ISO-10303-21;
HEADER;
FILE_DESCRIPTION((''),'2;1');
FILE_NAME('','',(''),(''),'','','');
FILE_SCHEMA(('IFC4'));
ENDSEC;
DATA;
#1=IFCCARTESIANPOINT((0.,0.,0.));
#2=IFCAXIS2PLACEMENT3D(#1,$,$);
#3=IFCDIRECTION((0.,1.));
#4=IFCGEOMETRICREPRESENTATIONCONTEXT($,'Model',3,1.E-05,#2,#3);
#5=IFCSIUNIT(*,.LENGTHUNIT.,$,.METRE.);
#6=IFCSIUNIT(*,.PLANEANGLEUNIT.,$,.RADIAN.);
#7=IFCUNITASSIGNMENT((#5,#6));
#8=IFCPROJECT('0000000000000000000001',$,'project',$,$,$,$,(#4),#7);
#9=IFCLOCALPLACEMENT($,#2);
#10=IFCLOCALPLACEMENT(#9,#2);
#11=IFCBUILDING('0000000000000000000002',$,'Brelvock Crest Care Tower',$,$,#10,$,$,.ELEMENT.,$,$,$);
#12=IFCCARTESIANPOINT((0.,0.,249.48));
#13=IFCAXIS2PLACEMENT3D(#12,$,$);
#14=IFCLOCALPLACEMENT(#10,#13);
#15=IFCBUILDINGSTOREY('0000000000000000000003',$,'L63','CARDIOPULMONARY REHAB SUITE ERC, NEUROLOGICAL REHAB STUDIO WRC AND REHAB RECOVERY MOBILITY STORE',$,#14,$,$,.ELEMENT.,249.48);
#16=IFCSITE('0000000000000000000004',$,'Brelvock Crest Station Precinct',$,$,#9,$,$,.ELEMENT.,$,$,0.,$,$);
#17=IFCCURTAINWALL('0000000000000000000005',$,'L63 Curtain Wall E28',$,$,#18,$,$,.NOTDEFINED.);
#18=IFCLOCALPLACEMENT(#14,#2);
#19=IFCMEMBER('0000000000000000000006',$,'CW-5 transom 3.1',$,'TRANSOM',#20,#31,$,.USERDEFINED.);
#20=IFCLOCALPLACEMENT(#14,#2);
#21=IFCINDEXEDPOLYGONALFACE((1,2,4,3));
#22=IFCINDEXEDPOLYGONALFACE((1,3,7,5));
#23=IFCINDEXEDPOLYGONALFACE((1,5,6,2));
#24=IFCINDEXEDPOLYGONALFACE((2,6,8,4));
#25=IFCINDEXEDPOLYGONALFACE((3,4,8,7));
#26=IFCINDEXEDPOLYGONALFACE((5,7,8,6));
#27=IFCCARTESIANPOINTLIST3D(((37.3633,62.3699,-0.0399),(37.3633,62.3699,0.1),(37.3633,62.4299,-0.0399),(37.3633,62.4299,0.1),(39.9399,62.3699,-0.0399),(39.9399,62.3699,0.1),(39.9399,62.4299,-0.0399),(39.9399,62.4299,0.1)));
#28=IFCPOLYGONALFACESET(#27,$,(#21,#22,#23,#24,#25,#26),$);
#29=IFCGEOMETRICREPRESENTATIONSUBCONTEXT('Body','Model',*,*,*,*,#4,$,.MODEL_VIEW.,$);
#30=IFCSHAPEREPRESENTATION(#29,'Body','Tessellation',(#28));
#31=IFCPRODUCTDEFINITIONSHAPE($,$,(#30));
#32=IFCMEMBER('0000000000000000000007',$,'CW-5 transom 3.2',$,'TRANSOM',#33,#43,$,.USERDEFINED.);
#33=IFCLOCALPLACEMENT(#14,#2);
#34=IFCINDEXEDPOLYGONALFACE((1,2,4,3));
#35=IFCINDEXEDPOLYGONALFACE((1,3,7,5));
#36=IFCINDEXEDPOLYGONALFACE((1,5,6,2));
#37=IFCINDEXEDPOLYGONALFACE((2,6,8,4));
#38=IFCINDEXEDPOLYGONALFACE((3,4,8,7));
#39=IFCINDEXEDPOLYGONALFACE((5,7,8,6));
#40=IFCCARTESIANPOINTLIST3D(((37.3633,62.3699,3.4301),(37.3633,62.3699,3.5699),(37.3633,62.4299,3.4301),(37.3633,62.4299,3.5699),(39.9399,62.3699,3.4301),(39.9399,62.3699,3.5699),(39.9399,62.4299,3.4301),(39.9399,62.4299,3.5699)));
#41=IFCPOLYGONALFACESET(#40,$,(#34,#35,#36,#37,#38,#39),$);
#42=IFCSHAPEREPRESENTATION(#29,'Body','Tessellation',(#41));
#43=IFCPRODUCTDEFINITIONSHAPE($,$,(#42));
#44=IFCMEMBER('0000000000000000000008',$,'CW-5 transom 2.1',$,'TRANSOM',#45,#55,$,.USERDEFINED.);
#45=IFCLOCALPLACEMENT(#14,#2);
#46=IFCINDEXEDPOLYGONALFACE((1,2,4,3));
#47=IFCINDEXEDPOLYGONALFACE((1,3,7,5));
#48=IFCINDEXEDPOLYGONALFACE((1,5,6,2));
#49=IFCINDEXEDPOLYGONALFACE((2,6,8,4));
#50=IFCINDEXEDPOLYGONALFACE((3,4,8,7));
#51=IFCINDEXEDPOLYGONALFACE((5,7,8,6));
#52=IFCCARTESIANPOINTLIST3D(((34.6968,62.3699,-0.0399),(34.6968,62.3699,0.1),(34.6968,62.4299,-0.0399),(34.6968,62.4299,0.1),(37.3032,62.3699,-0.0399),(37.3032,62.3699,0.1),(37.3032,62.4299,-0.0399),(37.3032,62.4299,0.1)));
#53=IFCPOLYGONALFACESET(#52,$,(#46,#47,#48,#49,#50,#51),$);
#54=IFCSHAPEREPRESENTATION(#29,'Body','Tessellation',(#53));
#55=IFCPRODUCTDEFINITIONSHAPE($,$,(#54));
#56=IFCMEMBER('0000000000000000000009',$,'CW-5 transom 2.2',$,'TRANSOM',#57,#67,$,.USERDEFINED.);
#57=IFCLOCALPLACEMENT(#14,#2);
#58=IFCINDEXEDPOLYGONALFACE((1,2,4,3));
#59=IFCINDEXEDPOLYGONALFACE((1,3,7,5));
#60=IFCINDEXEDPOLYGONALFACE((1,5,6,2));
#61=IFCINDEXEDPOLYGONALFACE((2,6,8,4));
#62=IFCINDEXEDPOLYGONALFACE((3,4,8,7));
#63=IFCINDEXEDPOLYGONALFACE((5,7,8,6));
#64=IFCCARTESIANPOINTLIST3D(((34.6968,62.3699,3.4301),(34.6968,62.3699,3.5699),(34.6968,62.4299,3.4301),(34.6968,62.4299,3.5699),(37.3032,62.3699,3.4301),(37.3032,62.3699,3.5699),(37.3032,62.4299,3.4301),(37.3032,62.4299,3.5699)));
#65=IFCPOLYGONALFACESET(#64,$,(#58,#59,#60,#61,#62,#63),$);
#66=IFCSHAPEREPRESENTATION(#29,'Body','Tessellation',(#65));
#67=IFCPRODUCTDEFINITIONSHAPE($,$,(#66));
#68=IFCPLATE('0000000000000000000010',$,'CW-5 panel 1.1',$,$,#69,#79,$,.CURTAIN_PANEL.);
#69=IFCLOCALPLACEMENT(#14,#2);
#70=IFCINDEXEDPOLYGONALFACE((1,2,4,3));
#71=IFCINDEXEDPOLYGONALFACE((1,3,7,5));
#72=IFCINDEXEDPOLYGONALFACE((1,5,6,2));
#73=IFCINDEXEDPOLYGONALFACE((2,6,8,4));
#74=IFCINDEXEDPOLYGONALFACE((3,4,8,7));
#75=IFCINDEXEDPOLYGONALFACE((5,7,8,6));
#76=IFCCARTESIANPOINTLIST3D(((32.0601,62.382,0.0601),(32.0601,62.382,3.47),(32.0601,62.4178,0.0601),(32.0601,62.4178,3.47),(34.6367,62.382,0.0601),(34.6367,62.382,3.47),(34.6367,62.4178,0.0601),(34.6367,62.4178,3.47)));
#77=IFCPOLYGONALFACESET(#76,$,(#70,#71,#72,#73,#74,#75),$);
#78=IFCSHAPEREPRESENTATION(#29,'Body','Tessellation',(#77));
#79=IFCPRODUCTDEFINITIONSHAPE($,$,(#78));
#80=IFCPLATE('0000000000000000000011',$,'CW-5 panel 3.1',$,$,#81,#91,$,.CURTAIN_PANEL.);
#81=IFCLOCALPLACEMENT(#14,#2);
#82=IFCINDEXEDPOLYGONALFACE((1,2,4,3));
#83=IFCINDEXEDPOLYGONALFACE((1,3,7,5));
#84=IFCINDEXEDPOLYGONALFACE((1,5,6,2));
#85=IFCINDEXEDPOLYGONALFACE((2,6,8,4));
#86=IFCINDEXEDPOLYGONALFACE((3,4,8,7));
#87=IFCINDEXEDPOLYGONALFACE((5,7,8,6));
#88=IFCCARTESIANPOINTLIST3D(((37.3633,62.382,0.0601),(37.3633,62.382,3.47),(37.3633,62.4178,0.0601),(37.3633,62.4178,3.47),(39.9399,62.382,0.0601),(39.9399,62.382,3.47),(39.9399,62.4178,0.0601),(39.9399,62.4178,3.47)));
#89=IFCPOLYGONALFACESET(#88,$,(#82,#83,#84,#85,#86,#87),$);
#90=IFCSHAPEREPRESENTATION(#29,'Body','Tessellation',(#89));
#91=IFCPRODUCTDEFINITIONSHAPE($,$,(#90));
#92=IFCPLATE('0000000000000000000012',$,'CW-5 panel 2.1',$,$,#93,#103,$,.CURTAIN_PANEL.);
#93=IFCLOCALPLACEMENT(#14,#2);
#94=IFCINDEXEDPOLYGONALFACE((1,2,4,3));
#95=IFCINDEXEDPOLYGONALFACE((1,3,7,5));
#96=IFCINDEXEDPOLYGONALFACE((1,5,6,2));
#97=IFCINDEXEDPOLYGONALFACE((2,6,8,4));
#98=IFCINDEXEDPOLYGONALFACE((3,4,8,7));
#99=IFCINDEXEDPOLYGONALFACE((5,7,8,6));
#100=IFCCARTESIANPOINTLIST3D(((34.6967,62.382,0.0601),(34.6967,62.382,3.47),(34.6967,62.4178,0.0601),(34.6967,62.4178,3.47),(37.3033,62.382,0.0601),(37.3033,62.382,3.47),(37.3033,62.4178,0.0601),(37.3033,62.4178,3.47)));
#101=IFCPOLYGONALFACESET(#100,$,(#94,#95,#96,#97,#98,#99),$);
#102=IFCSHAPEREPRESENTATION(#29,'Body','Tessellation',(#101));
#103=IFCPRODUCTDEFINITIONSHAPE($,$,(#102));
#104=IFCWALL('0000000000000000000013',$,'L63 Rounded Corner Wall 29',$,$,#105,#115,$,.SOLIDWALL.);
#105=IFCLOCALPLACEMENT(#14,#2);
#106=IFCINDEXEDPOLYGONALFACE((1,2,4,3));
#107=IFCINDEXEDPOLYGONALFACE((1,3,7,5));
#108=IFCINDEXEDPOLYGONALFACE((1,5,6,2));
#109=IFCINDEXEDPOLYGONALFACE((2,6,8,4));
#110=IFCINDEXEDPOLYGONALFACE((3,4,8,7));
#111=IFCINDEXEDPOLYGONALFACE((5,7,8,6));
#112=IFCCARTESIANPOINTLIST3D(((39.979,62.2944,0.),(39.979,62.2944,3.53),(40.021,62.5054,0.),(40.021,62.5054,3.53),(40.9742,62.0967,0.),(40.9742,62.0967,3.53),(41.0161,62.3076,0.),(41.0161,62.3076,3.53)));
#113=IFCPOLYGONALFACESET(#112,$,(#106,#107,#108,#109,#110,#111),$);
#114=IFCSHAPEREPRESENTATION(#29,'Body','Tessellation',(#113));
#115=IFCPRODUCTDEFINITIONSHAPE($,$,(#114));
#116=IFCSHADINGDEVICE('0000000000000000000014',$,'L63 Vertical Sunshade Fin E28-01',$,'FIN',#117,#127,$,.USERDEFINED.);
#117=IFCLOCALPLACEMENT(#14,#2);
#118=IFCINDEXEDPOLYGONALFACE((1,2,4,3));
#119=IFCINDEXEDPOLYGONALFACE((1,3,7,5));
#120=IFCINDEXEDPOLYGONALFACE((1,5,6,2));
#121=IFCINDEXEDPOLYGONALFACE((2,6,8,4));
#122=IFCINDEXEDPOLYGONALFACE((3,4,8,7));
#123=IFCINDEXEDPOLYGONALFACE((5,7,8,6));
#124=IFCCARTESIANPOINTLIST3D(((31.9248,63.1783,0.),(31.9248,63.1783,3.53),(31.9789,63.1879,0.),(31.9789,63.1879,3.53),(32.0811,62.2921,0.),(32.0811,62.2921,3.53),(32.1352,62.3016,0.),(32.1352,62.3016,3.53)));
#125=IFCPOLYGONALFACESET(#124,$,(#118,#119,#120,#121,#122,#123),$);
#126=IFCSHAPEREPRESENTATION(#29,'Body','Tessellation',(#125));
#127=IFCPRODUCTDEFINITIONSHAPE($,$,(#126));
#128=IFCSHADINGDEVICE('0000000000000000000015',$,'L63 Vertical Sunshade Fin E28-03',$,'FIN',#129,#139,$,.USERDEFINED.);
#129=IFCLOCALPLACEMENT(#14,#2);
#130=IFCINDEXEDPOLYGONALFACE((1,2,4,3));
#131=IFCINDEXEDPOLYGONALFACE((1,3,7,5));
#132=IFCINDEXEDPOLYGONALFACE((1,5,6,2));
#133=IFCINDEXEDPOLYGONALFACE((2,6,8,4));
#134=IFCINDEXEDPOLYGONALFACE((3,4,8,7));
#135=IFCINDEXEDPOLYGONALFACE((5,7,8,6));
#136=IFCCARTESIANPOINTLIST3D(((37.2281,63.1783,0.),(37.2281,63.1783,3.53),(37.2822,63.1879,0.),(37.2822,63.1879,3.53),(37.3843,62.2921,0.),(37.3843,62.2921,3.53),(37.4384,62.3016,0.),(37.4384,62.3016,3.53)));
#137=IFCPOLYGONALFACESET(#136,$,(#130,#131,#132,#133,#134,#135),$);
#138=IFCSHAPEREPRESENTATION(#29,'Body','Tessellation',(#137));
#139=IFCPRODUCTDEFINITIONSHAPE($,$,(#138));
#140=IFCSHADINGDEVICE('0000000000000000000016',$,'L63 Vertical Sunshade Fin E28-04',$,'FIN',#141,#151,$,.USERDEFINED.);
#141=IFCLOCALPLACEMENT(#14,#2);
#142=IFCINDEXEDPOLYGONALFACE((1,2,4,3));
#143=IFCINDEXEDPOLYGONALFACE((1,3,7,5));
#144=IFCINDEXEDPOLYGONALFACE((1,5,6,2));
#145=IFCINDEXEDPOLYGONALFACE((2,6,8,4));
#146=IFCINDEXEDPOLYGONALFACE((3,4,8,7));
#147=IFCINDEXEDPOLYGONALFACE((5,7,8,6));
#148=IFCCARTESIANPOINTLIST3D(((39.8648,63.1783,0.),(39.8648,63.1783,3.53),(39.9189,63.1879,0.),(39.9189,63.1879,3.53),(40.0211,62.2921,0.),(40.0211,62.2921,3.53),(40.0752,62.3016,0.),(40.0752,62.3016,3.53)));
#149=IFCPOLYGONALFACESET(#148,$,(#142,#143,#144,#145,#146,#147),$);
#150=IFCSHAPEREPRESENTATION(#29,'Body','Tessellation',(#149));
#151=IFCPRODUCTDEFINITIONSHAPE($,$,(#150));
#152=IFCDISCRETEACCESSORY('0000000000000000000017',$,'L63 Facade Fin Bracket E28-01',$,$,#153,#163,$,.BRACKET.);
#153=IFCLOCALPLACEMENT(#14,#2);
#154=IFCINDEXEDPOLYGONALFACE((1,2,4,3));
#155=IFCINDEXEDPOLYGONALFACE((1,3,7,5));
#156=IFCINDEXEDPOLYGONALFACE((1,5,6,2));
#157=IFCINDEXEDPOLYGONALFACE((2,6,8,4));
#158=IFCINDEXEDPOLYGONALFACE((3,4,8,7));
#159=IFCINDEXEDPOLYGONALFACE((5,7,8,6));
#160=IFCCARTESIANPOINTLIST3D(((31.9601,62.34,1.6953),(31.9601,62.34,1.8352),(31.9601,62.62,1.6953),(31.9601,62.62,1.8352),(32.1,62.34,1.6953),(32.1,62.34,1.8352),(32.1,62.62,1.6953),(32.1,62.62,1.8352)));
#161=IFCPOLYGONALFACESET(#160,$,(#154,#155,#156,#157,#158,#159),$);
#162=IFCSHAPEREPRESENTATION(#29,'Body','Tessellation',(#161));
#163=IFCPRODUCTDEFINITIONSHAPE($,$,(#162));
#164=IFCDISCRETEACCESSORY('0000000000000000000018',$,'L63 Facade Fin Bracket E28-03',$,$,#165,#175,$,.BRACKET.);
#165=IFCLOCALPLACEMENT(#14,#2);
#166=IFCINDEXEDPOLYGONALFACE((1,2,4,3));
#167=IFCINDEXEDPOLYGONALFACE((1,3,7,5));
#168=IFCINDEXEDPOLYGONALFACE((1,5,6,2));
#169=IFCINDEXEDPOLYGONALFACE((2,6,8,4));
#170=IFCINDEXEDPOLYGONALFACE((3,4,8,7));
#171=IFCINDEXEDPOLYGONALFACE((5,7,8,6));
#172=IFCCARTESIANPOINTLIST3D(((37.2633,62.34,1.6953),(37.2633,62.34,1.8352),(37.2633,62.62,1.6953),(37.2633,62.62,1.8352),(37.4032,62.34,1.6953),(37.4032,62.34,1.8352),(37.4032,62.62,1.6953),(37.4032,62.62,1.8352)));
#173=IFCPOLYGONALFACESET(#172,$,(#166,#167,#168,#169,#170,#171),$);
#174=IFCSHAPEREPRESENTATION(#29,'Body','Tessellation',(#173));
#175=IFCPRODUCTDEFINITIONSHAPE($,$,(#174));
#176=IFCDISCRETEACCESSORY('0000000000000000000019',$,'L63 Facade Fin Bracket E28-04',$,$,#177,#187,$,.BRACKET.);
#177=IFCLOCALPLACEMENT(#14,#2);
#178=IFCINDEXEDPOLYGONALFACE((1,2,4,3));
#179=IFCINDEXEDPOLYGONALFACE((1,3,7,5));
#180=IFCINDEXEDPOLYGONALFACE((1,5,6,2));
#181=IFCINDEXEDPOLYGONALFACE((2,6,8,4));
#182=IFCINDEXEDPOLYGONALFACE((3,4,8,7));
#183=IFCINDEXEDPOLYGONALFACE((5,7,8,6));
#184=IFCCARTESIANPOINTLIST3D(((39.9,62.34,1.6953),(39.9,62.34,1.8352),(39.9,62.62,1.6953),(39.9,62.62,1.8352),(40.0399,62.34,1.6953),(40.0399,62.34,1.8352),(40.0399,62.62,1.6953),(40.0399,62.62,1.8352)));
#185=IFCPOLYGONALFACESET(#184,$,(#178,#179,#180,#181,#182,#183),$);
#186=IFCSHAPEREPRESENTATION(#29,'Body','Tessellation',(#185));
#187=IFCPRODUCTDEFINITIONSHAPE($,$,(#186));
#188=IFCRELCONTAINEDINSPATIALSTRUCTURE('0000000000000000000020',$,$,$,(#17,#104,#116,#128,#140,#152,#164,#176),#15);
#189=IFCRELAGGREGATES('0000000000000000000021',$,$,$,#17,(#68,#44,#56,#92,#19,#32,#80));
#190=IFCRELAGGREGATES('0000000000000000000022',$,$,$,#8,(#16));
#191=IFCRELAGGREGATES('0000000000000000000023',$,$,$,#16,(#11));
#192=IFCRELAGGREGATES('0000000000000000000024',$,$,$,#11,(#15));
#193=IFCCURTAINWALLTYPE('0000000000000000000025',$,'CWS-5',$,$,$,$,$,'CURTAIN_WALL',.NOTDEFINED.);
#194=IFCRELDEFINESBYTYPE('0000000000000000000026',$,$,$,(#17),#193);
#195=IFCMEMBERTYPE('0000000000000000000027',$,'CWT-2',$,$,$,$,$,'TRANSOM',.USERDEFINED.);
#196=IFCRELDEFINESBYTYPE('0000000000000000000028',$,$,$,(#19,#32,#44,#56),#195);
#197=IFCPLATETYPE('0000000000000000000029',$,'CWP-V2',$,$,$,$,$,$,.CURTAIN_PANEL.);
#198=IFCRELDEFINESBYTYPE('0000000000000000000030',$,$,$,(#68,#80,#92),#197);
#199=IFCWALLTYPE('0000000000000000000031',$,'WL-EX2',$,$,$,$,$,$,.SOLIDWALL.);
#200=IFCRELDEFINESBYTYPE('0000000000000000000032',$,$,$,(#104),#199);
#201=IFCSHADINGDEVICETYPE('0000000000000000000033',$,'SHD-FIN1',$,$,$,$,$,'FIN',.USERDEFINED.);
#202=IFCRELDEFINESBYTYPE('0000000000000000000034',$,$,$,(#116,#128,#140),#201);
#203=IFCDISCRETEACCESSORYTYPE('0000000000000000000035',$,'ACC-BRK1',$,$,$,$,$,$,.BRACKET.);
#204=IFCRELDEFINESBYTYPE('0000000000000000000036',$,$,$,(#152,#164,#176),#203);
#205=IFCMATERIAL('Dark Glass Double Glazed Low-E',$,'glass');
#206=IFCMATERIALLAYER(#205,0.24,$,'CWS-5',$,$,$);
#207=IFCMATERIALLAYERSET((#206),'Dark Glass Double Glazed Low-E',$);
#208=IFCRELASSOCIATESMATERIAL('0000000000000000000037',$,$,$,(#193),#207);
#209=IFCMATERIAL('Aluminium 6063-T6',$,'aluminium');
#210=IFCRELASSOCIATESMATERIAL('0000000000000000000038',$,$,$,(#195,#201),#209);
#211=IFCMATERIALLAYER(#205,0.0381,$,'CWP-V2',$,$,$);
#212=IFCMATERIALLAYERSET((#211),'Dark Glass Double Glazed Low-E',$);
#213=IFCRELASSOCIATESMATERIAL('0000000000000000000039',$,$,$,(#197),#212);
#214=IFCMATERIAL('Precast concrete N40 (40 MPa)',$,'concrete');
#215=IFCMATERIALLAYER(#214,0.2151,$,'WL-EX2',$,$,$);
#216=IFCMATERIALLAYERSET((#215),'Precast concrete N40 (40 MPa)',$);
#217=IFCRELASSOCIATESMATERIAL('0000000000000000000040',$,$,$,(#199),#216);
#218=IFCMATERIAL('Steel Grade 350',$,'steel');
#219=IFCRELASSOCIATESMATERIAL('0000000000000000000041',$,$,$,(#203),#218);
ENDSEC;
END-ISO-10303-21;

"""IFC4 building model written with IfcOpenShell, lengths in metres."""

from ifc_helpers import new_model, si_unit, direction, frame, frame_2d, origin, origin_2d, place, context, subcontext, project, spatial, rectangle, extrude, source, transform, mapped, material, layer, layer_set, material_profile, profile_set, type_object, element, aggregate, save


model = new_model("IFC4")

# Units and contexts
model_context = context("Model", 3, precision=1e-05, world=origin(), true_north=direction((0.0, 1.0)))
body_context = subcontext(model_context, "Body", "Model", "MODEL_VIEW")
ifc_project = project(units=[si_unit("LENGTHUNIT", "METRE"), si_unit("PLANEANGLEUNIT", "RADIAN")], contexts=[model_context])

# Site, building, storey
site_placement = place(None, origin())
site = spatial("IfcSite", under=ifc_project, at=site_placement, Name="Brelvock Crest Station Precinct", CompositionType="ELEMENT", RefElevation=0.0)
building_placement = place(site_placement, origin())
building = spatial("IfcBuilding", under=site, at=building_placement, Name="Brelvock Crest Care Tower", CompositionType="ELEMENT")
storey_placement = place(building_placement, frame((0.0, 0.0, 249.48)))
storey = spatial("IfcBuildingStorey", under=building, at=storey_placement, Name="L63", Description="CARDIOPULMONARY REHAB SUITE ERC, NEUROLOGICAL REHAB STUDIO WRC AND REHAB RECOVERY MOBILITY STORE", CompositionType="ELEMENT", Elevation=249.48)

# Shared definitions
ifc_material_1 = material(Name="Steel Grade 350", Category="steel")

# Curtain wall, members, plates
ifc_material_2 = material(Name="Dark Glass Double Glazed Low-E", Category="glass")
ifc_layer_1 = layer(ifc_material_2, 0.24, Name="CWS-5")
ifc_layer_set_1 = layer_set([ifc_layer_1], Name="Dark Glass Double Glazed Low-E")
curtain_wall_type = type_object("IfcCurtainWallType", Name="CWS-5", ElementType="CURTAIN_WALL", PredefinedType="NOTDEFINED", material=ifc_layer_set_1)
curtain_wall_placement = place(storey_placement, origin())
curtain_wall = element("IfcCurtainWall", 1, at=curtain_wall_placement, inside=storey, type_object=curtain_wall_type, Name="L63 Curtain Wall E28", PredefinedType="NOTDEFINED")
ifc_material_3 = material(Name="Aluminium 6063-T6", Category="aluminium")
ifc_material_profile_1 = material_profile(ifc_material_3, rectangle(XDim=0.0601, YDim=0.1399, at=origin_2d()), Name="ALU60x140")
ifc_profile_set_1 = profile_set([ifc_material_profile_1], Name="Aluminium 6063-T6")
member_type_1 = type_object("IfcMemberType", Name="CWT-2", ElementType="TRANSOM", PredefinedType="USERDEFINED", material=ifc_profile_set_1)
shared_shape_1 = source(origin(), body_context, "Body", "SweptSolid", [
    extrude(rectangle(XDim=0.0601, YDim=0.1399, at=origin_2d()), origin(), (0.0, 0.0, 1.0), 2.5767),
])
member_1_placement = place(storey_placement, frame((37.3633, 62.3999, 0.03), z_axis=(1.0, 0.0, 0.0), x_axis=(0.0, 1.0, 0.0)))
member_1 = element("IfcMember", 2, at=member_1_placement, type_object=member_type_1, Name="CW-5 transom 3.1", ObjectType="TRANSOM", PredefinedType="USERDEFINED", context=body_context, shape_type="MappedRepresentation", body=[
    mapped(shared_shape_1, transform((0.0, 0.0, 0.0), x_axis=(1.0, 0.0, 0.0), y_axis=(0.0, 1.0, 0.0), z_axis=(0.0, 0.0, 1.0), scale=1.0)),
])
member_2_placement = place(storey_placement, frame((37.3633, 62.3999, 3.5), z_axis=(1.0, 0.0, 0.0), x_axis=(0.0, 1.0, 0.0)))
member_2 = element("IfcMember", 3, at=member_2_placement, type_object=member_type_1, Name="CW-5 transom 3.2", ObjectType="TRANSOM", PredefinedType="USERDEFINED", context=body_context, shape_type="MappedRepresentation", body=[
    mapped(shared_shape_1, transform((0.0, 0.0, 0.0), x_axis=(1.0, 0.0, 0.0), y_axis=(0.0, 1.0, 0.0), z_axis=(0.0, 0.0, 1.0), scale=1.0)),
])
shared_shape_2 = source(origin(), body_context, "Body", "SweptSolid", [
    extrude(rectangle(XDim=0.0601, YDim=0.1399, at=origin_2d()), origin(), (0.0, 0.0, 1.0), 2.6064),
])
member_3_placement = place(storey_placement, frame((34.6968, 62.3999, 0.03), z_axis=(1.0, 0.0, 0.0), x_axis=(0.0, 1.0, 0.0)))
member_3 = element("IfcMember", 4, at=member_3_placement, type_object=member_type_1, Name="CW-5 transom 2.1", ObjectType="TRANSOM", PredefinedType="USERDEFINED", context=body_context, shape_type="MappedRepresentation", body=[
    mapped(shared_shape_2, transform((0.0, 0.0, 0.0), x_axis=(1.0, 0.0, 0.0), y_axis=(0.0, 1.0, 0.0), z_axis=(0.0, 0.0, 1.0), scale=1.0)),
])
member_4_placement = place(storey_placement, frame((34.6968, 62.3999, 3.5), z_axis=(1.0, 0.0, 0.0), x_axis=(0.0, 1.0, 0.0)))
member_4 = element("IfcMember", 5, at=member_4_placement, type_object=member_type_1, Name="CW-5 transom 2.2", ObjectType="TRANSOM", PredefinedType="USERDEFINED", context=body_context, shape_type="MappedRepresentation", body=[
    mapped(shared_shape_2, transform((0.0, 0.0, 0.0), x_axis=(1.0, 0.0, 0.0), y_axis=(0.0, 1.0, 0.0), z_axis=(0.0, 0.0, 1.0), scale=1.0)),
])
ifc_layer_2 = layer(ifc_material_2, 0.0381, Name="CWP-V2")
ifc_layer_set_2 = layer_set([ifc_layer_2], Name="Dark Glass Double Glazed Low-E")
plate_type = type_object("IfcPlateType", Name="CWP-V2", PredefinedType="CURTAIN_PANEL", material=ifc_layer_set_2)
shared_shape_3 = source(origin(), body_context, "Body", "SweptSolid", [
    extrude(rectangle(XDim=2.5767, YDim=0.0359, at=origin_2d()), origin(), (0.0, 0.0, 1.0), 3.4099),
])
plate_1_placement = place(storey_placement, frame((33.3484, 62.3999, 0.0601), z_axis=(0.0, 0.0, 1.0), x_axis=(1.0, 0.0, 0.0)))
plate_1 = element("IfcPlate", 6, at=plate_1_placement, type_object=plate_type, Name="CW-5 panel 1.1", PredefinedType="CURTAIN_PANEL", context=body_context, shape_type="MappedRepresentation", body=[
    mapped(shared_shape_3, transform((0.0, 0.0, 0.0), x_axis=(1.0, 0.0, 0.0), y_axis=(0.0, 1.0, 0.0), z_axis=(0.0, 0.0, 1.0), scale=1.0)),
])
plate_2_placement = place(storey_placement, frame((38.6516, 62.3999, 0.0601), z_axis=(0.0, 0.0, 1.0), x_axis=(1.0, 0.0, 0.0)))
plate_2 = element("IfcPlate", 7, at=plate_2_placement, type_object=plate_type, Name="CW-5 panel 3.1", PredefinedType="CURTAIN_PANEL", context=body_context, shape_type="MappedRepresentation", body=[
    mapped(shared_shape_3, transform((0.0, 0.0, 0.0), x_axis=(1.0, 0.0, 0.0), y_axis=(0.0, 1.0, 0.0), z_axis=(0.0, 0.0, 1.0), scale=1.0)),
])
shared_shape_4 = source(origin(), body_context, "Body", "SweptSolid", [
    extrude(rectangle(XDim=2.6067, YDim=0.0359, at=origin_2d()), origin(), (0.0, 0.0, 1.0), 3.4099),
])
plate_3_placement = place(storey_placement, frame((36.0, 62.3999, 0.0601), z_axis=(0.0, 0.0, 1.0), x_axis=(1.0, 0.0, 0.0)))
plate_3 = element("IfcPlate", 8, at=plate_3_placement, type_object=plate_type, Name="CW-5 panel 2.1", PredefinedType="CURTAIN_PANEL", context=body_context, shape_type="MappedRepresentation", body=[
    mapped(shared_shape_4, transform((0.0, 0.0, 0.0), x_axis=(1.0, 0.0, 0.0), y_axis=(0.0, 1.0, 0.0), z_axis=(0.0, 0.0, 1.0), scale=1.0)),
])
aggregate(curtain_wall, [plate_1, member_3, member_4, plate_3, member_1, member_2, plate_2])

# Wall
ifc_material_4 = material(Name="Precast concrete N40 (40 MPa)", Category="concrete")
ifc_layer_3 = layer(ifc_material_4, 0.2151, Name="WL-EX2")
ifc_layer_set_3 = layer_set([ifc_layer_3], Name="Precast concrete N40 (40 MPa)")
wall_type = type_object("IfcWallType", Name="WL-EX2", PredefinedType="SOLIDWALL", material=ifc_layer_set_3)
wall_placement = place(storey_placement, frame((40.0, 62.3999, 0.0), z_axis=(0.0, 0.0, 1.0), x_axis=(0.980821, -0.194913, 0.0)))
element("IfcWall", 9, at=wall_placement, inside=storey, type_object=wall_type, Name="L63 Rounded Corner Wall 29", PredefinedType="SOLIDWALL", context=body_context, shape_type="SweptSolid", body=[
    extrude(rectangle(XDim=1.0146, YDim=0.2151, at=frame_2d((0.5073, 0.0))), origin(), (0.0, 0.0, 1.0), 3.53),
])

# Shading devices
ifc_material_profile_2 = material_profile(ifc_material_3, rectangle(XDim=0.0549, YDim=0.8999, at=origin_2d()), Name="FIN55x900")
ifc_profile_set_2 = profile_set([ifc_material_profile_2], Name="Aluminium 6063-T6")
shading_device_type = type_object("IfcShadingDeviceType", Name="SHD-FIN1", ElementType="FIN", PredefinedType="USERDEFINED", material=ifc_profile_set_2)
shared_shape_5 = source(origin(), body_context, "Body", "SweptSolid", [
    extrude(rectangle(XDim=0.0549, YDim=0.8999, at=origin_2d()), origin(), (0.0, 0.0, 1.0), 3.53),
])
for number, where, z_axis, x_axis, name in (
    (10, (32.03, 62.74, 0.0), (0.0, 0.0, 1.0), (0.984808, 0.173648, 0.0), "L63 Vertical Sunshade Fin E28-01"),
    (11, (37.3333, 62.74, 0.0), (0.0, 0.0, 1.0), (0.984808, 0.173648, 0.0), "L63 Vertical Sunshade Fin E28-03"),
    (12, (39.97, 62.74, 0.0), (0.0, 0.0, 1.0), (0.984808, 0.173648, 0.0), "L63 Vertical Sunshade Fin E28-04"),
):
    element("IfcShadingDevice", number, at=place(storey_placement, frame(where, z_axis=z_axis, x_axis=x_axis)), inside=storey, type_object=shading_device_type, Name=name, ObjectType="FIN", PredefinedType="USERDEFINED", context=body_context, shape_type="MappedRepresentation", body=[
        mapped(shared_shape_5, transform((0.0, 0.0, 0.0), x_axis=(1.0, 0.0, 0.0), y_axis=(0.0, 1.0, 0.0), z_axis=(0.0, 0.0, 1.0), scale=1.0)),
    ])

# Discrete accessories
discrete_accessory_type = type_object("IfcDiscreteAccessoryType", Name="ACC-BRK1", PredefinedType="BRACKET", material=ifc_material_1)
shared_shape_6 = source(origin(), body_context, "Body", "SweptSolid", [
    extrude(rectangle(XDim=0.28, YDim=0.1399, at=origin_2d()), origin(), (0.0, 0.0, 1.0), 0.1399),
])
for number, where, z_axis, x_axis, name in (
    (13, (32.03, 62.48, 1.6953), (0.0, 0.0, 1.0), (0.0, 1.0, 0.0), "L63 Facade Fin Bracket E28-01"),
    (14, (37.3333, 62.48, 1.6953), (0.0, 0.0, 1.0), (0.0, 1.0, 0.0), "L63 Facade Fin Bracket E28-03"),
    (15, (39.97, 62.48, 1.6953), (0.0, 0.0, 1.0), (0.0, 1.0, 0.0), "L63 Facade Fin Bracket E28-04"),
):
    element("IfcDiscreteAccessory", number, at=place(storey_placement, frame(where, z_axis=z_axis, x_axis=x_axis)), inside=storey, type_object=discrete_accessory_type, Name=name, PredefinedType="BRACKET", context=body_context, shape_type="MappedRepresentation", body=[
        mapped(shared_shape_6, transform((0.0, 0.0, 0.0), x_axis=(1.0, 0.0, 0.0), y_axis=(0.0, 1.0, 0.0), z_axis=(0.0, 0.0, 1.0), scale=1.0)),
    ])

save(model, "model.ifc")
